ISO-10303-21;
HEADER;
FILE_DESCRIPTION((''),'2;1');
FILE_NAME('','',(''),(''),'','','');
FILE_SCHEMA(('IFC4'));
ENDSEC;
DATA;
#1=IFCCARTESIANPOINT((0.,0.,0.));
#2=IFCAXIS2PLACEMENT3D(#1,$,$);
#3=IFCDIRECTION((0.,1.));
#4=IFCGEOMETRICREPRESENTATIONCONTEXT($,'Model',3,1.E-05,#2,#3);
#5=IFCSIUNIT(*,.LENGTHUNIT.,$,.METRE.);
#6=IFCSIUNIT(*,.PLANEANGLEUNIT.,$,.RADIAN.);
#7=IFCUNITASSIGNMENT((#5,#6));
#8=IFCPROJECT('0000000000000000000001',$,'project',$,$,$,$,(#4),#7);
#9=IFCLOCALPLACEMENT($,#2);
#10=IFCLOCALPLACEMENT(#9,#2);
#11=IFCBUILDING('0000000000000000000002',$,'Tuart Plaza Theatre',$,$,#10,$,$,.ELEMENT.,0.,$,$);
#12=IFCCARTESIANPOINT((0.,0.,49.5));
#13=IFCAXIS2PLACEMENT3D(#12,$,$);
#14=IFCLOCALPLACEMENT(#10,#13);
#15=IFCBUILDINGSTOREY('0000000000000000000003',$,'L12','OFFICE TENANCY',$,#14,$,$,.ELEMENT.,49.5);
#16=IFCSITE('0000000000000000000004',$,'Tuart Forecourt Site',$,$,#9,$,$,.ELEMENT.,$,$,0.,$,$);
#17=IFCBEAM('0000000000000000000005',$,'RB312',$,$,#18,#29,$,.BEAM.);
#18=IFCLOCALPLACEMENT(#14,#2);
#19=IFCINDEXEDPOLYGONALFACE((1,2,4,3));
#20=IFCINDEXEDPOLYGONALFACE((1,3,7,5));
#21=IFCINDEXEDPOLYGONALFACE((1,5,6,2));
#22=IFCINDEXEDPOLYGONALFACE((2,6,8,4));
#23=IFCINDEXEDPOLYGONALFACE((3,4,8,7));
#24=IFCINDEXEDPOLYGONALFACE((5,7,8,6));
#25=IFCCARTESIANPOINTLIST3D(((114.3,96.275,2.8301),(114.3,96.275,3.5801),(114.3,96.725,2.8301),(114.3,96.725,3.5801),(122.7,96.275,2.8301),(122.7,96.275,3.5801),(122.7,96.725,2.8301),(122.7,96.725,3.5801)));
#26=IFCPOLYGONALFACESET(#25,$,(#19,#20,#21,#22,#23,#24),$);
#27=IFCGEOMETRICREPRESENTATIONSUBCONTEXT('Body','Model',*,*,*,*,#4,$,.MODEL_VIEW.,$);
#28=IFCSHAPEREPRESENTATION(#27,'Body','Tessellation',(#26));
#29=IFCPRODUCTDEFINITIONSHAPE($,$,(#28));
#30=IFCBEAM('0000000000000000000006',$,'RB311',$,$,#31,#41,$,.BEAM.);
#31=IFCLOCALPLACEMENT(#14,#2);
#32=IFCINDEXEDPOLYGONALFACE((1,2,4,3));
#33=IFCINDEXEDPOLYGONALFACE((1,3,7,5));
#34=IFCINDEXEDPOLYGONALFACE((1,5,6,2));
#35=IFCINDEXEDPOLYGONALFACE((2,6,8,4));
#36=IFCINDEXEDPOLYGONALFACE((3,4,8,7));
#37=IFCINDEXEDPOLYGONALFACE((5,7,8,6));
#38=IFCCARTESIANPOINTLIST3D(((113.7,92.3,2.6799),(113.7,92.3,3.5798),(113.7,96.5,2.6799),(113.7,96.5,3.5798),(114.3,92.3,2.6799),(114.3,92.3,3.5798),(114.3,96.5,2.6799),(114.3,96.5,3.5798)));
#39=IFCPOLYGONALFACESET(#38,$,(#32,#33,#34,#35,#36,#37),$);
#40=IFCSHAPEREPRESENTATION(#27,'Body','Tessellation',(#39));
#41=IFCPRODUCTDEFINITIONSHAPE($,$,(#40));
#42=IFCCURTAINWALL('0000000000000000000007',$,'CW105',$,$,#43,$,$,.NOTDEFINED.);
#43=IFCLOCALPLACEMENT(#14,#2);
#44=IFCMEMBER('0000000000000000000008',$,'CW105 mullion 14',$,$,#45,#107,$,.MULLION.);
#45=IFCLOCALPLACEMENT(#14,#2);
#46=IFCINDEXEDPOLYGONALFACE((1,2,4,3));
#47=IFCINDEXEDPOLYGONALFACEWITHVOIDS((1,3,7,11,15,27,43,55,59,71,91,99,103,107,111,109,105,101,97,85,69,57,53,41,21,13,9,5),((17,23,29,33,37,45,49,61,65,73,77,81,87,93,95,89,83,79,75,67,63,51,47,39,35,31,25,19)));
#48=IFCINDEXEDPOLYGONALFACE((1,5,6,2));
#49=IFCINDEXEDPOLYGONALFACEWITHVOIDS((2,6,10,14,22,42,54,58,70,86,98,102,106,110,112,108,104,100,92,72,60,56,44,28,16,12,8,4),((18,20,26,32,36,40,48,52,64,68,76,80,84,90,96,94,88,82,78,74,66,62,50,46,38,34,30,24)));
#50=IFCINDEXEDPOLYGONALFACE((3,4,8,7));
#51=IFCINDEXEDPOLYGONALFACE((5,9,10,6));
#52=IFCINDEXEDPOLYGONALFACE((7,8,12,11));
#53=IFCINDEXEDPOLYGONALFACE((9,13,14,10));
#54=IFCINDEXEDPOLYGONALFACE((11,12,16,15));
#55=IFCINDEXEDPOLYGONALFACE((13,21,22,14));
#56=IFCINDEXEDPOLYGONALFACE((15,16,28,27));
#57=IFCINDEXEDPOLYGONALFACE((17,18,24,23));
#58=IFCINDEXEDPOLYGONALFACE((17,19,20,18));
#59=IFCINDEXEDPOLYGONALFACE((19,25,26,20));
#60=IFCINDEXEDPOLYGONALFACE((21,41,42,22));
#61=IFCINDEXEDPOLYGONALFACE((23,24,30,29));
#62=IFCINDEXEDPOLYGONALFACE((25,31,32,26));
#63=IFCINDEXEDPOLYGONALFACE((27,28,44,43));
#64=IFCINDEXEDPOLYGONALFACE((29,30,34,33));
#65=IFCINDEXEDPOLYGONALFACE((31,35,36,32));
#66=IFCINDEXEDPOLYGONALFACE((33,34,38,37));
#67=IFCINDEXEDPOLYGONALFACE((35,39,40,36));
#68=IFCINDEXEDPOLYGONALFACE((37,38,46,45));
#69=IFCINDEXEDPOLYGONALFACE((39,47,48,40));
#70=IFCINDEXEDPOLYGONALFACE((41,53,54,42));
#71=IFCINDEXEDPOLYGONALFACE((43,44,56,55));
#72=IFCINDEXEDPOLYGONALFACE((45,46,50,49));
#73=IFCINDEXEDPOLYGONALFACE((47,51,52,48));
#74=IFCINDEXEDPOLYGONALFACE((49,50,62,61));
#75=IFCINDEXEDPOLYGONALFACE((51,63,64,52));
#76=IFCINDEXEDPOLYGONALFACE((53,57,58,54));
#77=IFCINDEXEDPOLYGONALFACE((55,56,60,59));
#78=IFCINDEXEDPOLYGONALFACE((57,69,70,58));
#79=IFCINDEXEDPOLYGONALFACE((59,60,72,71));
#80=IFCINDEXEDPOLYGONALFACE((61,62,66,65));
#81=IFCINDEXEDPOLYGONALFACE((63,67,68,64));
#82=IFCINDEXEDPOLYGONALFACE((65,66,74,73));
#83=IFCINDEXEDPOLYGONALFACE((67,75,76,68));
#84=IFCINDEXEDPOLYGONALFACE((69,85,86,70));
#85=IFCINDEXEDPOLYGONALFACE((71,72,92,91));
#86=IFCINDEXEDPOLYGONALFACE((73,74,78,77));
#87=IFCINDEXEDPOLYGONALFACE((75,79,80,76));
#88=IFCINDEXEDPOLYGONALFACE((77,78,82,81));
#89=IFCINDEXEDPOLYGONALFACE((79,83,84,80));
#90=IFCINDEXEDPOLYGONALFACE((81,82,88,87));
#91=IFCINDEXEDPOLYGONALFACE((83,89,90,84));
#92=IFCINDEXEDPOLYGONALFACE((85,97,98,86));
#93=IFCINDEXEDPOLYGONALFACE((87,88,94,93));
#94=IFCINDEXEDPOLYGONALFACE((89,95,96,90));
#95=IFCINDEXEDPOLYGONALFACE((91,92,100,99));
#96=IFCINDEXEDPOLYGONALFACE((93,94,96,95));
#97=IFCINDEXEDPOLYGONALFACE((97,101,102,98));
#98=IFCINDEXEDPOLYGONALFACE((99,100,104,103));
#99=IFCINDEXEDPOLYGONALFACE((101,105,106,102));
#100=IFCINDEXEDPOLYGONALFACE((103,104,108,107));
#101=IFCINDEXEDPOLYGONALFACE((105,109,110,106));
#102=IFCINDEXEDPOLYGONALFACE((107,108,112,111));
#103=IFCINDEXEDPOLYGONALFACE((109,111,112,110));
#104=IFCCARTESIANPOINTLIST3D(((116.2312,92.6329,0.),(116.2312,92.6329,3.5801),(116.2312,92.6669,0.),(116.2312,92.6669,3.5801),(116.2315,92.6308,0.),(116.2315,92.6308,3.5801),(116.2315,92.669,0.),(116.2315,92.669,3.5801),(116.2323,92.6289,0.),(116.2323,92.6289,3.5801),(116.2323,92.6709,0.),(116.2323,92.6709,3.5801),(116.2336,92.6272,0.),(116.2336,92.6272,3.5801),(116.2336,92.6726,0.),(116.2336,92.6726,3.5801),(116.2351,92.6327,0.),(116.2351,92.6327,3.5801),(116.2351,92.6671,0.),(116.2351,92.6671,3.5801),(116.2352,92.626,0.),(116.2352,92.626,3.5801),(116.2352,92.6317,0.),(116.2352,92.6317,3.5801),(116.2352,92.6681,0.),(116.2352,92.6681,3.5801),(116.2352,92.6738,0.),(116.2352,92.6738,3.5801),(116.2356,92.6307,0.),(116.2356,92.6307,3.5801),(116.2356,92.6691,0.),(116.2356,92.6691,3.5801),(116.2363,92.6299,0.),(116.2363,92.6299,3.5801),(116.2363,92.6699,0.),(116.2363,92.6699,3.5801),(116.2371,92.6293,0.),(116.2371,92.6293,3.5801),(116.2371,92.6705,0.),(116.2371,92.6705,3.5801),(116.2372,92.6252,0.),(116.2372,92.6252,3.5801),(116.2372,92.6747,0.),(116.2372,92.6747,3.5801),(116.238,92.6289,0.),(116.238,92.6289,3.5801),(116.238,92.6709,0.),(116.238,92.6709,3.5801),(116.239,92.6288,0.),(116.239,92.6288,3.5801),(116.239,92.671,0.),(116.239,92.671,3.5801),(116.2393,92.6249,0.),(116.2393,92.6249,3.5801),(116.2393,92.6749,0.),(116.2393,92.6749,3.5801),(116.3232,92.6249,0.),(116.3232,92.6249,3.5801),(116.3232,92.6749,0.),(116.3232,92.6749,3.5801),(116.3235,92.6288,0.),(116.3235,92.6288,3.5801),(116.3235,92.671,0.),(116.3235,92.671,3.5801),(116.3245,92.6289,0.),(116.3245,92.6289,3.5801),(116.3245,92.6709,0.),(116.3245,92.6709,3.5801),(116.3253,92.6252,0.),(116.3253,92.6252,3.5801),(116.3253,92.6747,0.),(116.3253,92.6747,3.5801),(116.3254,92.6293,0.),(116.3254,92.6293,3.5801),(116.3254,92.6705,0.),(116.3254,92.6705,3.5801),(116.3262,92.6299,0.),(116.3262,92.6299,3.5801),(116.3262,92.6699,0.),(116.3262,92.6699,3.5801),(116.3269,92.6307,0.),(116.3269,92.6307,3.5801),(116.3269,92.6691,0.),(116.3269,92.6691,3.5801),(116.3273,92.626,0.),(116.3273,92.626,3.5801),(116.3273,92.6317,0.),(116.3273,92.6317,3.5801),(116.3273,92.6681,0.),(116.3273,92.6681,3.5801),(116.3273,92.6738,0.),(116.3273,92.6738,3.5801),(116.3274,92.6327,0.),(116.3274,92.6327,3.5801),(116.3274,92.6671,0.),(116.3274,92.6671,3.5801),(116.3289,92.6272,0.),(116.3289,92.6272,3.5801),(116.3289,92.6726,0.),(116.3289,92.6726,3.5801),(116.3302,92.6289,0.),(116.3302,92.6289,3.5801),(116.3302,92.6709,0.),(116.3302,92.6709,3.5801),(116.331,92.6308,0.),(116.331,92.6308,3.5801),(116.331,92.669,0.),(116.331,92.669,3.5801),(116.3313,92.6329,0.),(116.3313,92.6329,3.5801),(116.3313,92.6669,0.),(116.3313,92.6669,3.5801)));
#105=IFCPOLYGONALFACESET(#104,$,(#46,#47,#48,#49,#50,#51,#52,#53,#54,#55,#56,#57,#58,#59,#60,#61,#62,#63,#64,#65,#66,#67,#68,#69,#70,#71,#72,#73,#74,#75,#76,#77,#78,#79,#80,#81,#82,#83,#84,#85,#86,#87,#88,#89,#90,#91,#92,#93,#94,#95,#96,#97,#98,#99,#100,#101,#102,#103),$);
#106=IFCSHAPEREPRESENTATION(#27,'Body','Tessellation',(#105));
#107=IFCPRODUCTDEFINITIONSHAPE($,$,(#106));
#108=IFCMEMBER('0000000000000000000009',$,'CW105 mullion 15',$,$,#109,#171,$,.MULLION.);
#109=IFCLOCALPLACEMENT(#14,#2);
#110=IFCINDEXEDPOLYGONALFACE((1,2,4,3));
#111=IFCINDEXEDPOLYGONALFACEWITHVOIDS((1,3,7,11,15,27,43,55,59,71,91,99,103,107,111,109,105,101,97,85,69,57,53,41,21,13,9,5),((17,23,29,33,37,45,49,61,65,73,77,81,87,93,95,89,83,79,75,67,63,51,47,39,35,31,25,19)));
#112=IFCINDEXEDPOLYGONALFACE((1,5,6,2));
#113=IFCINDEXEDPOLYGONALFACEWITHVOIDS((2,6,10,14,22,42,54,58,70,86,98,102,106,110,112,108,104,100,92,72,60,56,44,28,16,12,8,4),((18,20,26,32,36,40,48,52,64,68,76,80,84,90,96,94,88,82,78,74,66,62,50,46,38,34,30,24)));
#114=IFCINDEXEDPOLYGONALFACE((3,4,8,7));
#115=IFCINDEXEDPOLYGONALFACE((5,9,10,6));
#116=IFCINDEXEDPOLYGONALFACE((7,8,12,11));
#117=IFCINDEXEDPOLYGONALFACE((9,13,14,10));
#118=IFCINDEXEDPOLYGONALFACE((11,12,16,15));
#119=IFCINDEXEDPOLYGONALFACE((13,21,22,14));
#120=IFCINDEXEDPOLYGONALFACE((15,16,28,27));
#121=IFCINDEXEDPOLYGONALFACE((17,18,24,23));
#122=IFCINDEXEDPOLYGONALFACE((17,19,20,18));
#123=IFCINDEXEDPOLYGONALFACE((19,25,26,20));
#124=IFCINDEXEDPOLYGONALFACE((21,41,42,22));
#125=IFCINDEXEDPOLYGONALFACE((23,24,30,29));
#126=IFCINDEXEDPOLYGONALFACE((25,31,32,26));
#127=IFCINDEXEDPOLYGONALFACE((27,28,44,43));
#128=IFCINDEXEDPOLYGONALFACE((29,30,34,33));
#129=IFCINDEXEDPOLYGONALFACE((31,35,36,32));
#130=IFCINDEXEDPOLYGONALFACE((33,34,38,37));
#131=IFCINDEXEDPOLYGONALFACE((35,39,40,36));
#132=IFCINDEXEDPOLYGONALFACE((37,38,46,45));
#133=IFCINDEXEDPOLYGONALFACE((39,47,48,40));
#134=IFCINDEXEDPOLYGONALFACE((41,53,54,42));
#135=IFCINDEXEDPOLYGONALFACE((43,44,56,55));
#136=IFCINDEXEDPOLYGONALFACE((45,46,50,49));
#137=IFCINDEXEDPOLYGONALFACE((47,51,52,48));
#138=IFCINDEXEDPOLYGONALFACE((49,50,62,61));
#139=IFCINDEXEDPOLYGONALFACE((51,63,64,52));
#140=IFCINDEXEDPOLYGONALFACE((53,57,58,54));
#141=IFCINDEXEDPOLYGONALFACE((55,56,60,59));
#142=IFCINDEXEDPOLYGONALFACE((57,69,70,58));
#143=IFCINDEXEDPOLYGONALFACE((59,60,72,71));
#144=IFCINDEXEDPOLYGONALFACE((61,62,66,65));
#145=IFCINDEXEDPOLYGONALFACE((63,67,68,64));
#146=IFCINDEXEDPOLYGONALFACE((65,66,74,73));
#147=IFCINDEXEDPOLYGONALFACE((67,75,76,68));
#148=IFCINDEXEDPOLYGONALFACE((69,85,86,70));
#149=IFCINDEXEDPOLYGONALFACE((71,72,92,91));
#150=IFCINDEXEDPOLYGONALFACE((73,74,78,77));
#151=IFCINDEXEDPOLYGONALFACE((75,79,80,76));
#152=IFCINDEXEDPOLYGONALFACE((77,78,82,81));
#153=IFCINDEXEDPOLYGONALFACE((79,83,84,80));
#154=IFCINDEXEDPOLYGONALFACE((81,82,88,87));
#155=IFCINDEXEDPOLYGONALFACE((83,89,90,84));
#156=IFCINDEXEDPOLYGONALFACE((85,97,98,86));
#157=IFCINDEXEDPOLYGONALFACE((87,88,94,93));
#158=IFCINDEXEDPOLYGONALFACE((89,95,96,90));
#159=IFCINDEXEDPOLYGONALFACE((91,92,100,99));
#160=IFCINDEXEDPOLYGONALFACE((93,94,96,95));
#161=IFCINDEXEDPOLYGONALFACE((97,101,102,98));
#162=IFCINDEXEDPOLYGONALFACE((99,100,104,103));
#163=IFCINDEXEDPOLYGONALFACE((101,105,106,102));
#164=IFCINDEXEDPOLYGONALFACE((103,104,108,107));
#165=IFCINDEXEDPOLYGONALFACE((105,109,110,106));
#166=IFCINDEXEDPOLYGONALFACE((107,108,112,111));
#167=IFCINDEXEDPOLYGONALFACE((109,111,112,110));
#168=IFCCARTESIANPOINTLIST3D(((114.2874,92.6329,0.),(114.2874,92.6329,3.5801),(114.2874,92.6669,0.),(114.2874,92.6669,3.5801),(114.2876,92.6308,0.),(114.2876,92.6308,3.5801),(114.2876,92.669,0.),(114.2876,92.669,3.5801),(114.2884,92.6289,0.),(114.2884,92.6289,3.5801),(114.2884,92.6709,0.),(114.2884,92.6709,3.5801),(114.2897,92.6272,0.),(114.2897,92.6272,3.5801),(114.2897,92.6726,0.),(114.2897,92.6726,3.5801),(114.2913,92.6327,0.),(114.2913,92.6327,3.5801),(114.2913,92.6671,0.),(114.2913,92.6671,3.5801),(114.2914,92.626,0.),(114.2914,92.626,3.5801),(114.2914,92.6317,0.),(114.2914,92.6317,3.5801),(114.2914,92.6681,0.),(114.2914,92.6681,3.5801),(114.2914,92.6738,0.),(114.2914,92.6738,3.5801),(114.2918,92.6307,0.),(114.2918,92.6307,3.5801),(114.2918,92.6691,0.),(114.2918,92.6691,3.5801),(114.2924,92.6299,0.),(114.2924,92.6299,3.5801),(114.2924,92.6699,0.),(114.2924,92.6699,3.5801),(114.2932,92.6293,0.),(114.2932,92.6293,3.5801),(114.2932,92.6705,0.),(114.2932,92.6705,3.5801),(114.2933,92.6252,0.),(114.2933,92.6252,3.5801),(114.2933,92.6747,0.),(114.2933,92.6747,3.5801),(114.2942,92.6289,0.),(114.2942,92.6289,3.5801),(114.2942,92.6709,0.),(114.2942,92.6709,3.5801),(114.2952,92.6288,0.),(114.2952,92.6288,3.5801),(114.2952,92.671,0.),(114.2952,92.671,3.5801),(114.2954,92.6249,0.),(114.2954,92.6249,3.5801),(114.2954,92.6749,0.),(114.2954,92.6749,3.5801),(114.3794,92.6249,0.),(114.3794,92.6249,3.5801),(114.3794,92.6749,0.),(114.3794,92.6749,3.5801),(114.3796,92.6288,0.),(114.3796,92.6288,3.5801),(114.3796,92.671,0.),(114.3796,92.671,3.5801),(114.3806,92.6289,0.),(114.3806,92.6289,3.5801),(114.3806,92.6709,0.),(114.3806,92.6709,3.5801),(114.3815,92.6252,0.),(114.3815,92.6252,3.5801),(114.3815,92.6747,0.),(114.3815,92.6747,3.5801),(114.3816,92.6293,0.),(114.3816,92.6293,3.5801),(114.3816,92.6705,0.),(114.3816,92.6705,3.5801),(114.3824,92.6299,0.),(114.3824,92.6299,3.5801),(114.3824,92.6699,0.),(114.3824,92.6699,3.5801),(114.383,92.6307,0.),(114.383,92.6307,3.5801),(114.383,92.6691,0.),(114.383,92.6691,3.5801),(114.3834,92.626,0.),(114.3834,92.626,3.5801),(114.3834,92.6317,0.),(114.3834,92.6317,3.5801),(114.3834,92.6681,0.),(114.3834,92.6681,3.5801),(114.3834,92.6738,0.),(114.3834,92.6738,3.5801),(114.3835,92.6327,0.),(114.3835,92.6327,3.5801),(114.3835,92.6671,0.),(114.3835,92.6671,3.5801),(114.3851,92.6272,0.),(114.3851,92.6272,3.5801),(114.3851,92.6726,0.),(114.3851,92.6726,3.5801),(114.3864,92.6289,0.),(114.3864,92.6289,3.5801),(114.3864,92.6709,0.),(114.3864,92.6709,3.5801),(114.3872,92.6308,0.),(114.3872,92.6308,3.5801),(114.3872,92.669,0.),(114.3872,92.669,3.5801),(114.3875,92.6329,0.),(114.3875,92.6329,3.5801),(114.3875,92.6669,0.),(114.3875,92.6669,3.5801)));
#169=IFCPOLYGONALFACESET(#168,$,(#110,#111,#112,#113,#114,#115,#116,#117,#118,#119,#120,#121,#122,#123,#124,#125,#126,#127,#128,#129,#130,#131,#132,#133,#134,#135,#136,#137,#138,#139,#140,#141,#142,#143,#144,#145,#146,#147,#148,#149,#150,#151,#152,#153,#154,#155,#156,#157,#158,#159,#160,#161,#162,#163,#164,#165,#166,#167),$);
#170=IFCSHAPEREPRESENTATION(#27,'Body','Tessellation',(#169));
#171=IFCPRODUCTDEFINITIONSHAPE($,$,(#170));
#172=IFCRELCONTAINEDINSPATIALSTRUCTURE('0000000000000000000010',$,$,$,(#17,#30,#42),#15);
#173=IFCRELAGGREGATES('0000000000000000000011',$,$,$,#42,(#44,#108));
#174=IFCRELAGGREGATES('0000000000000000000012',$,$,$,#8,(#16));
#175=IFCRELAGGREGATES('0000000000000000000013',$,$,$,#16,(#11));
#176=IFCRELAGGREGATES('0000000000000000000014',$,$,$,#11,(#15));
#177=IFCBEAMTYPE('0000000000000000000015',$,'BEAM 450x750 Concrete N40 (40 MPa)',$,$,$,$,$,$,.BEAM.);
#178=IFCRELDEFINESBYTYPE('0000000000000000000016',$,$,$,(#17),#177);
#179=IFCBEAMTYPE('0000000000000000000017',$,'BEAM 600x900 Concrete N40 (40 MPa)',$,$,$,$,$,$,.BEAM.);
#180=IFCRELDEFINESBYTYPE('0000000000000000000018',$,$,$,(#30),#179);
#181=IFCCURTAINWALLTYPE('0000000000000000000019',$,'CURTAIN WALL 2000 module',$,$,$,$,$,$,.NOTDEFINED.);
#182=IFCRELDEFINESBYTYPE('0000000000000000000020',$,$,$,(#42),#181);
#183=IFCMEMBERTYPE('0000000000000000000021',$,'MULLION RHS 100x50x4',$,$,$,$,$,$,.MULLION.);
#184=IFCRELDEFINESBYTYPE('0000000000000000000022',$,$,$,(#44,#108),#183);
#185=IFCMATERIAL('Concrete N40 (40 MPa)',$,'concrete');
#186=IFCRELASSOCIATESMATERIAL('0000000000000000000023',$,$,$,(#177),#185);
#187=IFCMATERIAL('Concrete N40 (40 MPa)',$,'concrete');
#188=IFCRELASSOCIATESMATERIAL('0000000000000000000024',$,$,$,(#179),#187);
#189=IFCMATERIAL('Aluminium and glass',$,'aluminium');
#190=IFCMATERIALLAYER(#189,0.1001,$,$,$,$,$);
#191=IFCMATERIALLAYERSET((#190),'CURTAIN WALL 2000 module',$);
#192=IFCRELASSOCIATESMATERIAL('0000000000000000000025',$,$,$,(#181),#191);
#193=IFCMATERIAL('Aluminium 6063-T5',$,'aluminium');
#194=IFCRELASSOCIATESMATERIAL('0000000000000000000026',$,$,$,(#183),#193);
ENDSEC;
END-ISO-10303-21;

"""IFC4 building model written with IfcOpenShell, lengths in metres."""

from ifc_helpers import new_model, si_unit, direction, frame, origin, origin_2d, place, context, subcontext, project, spatial, rectangle, hollow_rectangle, extrude, material, layer, layer_set, material_profile, profile_set, type_object, element, aggregate, save


model = new_model("IFC4")

# Units and contexts
model_context = context("Model", 3, precision=1e-05, world=origin(), true_north=direction((0.0, 1.0)))
body_context = subcontext(model_context, "Body", "Model", "MODEL_VIEW")
ifc_project = project(units=[si_unit("LENGTHUNIT", "METRE"), si_unit("PLANEANGLEUNIT", "RADIAN")], contexts=[model_context])

# Site, building, storey
site_placement = place(None, origin())
site = spatial("IfcSite", under=ifc_project, at=site_placement, Name="Tuart Forecourt Site", CompositionType="ELEMENT", RefElevation=0.0)
building_placement = place(site_placement, origin())
building = spatial("IfcBuilding", under=site, at=building_placement, Name="Tuart Plaza Theatre", CompositionType="ELEMENT", ElevationOfRefHeight=0.0)
storey_placement = place(building_placement, frame((0.0, 0.0, 49.5)))
storey = spatial("IfcBuildingStorey", under=building, at=storey_placement, Name="L12", Description="OFFICE TENANCY", CompositionType="ELEMENT", Elevation=49.5)

# Beams
ifc_material_1 = material(Name="Concrete N40 (40 MPa)", Category="concrete")
ifc_material_profile_1 = material_profile(ifc_material_1, rectangle(XDim=0.45, YDim=0.75, at=origin_2d()), Name="BEAM 450x750 Concrete N40 (40 MPa)")
ifc_profile_set_1 = profile_set([ifc_material_profile_1], Name="Concrete N40 (40 MPa)")
beam_type_1 = type_object("IfcBeamType", Name="BEAM 450x750 Concrete N40 (40 MPa)", PredefinedType="BEAM", material=ifc_profile_set_1)
beam_1_placement = place(storey_placement, frame((114.3, 96.5, 3.2051), z_axis=(1.0, 0.0, 0.0), x_axis=(0.0, 1.0, 0.0)))
element("IfcBeam", 1, at=beam_1_placement, inside=storey, type_object=beam_type_1, Name="RB312", PredefinedType="BEAM", context=body_context, shape_type="SweptSolid", body=[
    extrude(rectangle(XDim=0.45, YDim=0.75, at=origin_2d()), origin(), (0.0, 0.0, 1.0), 8.3999),
])
ifc_material_2 = material(Name="Concrete N40 (40 MPa)", Category="concrete")
ifc_material_profile_2 = material_profile(ifc_material_2, rectangle(XDim=0.6001, YDim=0.8999, at=origin_2d()), Name="BEAM 600x900 Concrete N40 (40 MPa)")
ifc_profile_set_2 = profile_set([ifc_material_profile_2], Name="Concrete N40 (40 MPa)")
beam_type_2 = type_object("IfcBeamType", Name="BEAM 600x900 Concrete N40 (40 MPa)", PredefinedType="BEAM", material=ifc_profile_set_2)
beam_2_placement = place(storey_placement, frame((114.0, 92.3, 3.1299), z_axis=(0.0, 1.0, 0.0), x_axis=(-1.0, 0.0, 0.0)))
element("IfcBeam", 2, at=beam_2_placement, inside=storey, type_object=beam_type_2, Name="RB311", PredefinedType="BEAM", context=body_context, shape_type="SweptSolid", body=[
    extrude(rectangle(XDim=0.6001, YDim=0.8999, at=origin_2d()), origin(), (0.0, 0.0, 1.0), 4.2),
])

# Curtain wall, members
ifc_material_3 = material(Name="Aluminium and glass", Category="aluminium")
ifc_layer_1 = layer(ifc_material_3, 0.1001)
ifc_layer_set_1 = layer_set([ifc_layer_1], Name="CURTAIN WALL 2000 module")
curtain_wall_type = type_object("IfcCurtainWallType", Name="CURTAIN WALL 2000 module", PredefinedType="NOTDEFINED", material=ifc_layer_set_1)
curtain_wall_placement = place(storey_placement, origin())
curtain_wall = element("IfcCurtainWall", 3, at=curtain_wall_placement, inside=storey, type_object=curtain_wall_type, Name="CW105", PredefinedType="NOTDEFINED")
ifc_material_4 = material(Name="Aluminium 6063-T5", Category="aluminium")
ifc_material_profile_3 = material_profile(ifc_material_4, hollow_rectangle(XDim=0.05, YDim=0.1001, WallThickness=0.0039, InnerFilletRadius=0.0039, OuterFilletRadius=0.0081, at=origin_2d()), Name="RHS 100x50x4")
ifc_profile_set_3 = profile_set([ifc_material_profile_3], Name="Aluminium 6063-T5")
member_type_1 = type_object("IfcMemberType", Name="MULLION RHS 100x50x4", PredefinedType="MULLION", material=ifc_profile_set_3)
member_1_placement = place(storey_placement, frame((116.2812, 92.6499, 0.0), z_axis=(0.0, 0.0, 1.0), x_axis=(0.0, -1.0, 0.0)))
member_1 = element("IfcMember", 4, at=member_1_placement, type_object=member_type_1, Name="CW105 mullion 14", PredefinedType="MULLION", context=body_context, shape_type="SweptSolid", body=[
    extrude(hollow_rectangle(XDim=0.05, YDim=0.1001, WallThickness=0.0039, InnerFilletRadius=0.0039, OuterFilletRadius=0.0081, at=origin_2d()), origin(), (0.0, 0.0, 1.0), 3.5801),
])
member_2_placement = place(storey_placement, frame((114.3374, 92.6499, 0.0), z_axis=(0.0, 0.0, 1.0), x_axis=(0.0, -1.0, 0.0)))
member_2 = element("IfcMember", 5, at=member_2_placement, type_object=member_type_1, Name="CW105 mullion 15", PredefinedType="MULLION", context=body_context, shape_type="SweptSolid", body=[
    extrude(hollow_rectangle(XDim=0.05, YDim=0.1001, WallThickness=0.0039, InnerFilletRadius=0.0039, OuterFilletRadius=0.0081, at=origin_2d()), origin(), (0.0, 0.0, 1.0), 3.5801),
])
aggregate(curtain_wall, [member_1, member_2])

save(model, "model.ifc")
